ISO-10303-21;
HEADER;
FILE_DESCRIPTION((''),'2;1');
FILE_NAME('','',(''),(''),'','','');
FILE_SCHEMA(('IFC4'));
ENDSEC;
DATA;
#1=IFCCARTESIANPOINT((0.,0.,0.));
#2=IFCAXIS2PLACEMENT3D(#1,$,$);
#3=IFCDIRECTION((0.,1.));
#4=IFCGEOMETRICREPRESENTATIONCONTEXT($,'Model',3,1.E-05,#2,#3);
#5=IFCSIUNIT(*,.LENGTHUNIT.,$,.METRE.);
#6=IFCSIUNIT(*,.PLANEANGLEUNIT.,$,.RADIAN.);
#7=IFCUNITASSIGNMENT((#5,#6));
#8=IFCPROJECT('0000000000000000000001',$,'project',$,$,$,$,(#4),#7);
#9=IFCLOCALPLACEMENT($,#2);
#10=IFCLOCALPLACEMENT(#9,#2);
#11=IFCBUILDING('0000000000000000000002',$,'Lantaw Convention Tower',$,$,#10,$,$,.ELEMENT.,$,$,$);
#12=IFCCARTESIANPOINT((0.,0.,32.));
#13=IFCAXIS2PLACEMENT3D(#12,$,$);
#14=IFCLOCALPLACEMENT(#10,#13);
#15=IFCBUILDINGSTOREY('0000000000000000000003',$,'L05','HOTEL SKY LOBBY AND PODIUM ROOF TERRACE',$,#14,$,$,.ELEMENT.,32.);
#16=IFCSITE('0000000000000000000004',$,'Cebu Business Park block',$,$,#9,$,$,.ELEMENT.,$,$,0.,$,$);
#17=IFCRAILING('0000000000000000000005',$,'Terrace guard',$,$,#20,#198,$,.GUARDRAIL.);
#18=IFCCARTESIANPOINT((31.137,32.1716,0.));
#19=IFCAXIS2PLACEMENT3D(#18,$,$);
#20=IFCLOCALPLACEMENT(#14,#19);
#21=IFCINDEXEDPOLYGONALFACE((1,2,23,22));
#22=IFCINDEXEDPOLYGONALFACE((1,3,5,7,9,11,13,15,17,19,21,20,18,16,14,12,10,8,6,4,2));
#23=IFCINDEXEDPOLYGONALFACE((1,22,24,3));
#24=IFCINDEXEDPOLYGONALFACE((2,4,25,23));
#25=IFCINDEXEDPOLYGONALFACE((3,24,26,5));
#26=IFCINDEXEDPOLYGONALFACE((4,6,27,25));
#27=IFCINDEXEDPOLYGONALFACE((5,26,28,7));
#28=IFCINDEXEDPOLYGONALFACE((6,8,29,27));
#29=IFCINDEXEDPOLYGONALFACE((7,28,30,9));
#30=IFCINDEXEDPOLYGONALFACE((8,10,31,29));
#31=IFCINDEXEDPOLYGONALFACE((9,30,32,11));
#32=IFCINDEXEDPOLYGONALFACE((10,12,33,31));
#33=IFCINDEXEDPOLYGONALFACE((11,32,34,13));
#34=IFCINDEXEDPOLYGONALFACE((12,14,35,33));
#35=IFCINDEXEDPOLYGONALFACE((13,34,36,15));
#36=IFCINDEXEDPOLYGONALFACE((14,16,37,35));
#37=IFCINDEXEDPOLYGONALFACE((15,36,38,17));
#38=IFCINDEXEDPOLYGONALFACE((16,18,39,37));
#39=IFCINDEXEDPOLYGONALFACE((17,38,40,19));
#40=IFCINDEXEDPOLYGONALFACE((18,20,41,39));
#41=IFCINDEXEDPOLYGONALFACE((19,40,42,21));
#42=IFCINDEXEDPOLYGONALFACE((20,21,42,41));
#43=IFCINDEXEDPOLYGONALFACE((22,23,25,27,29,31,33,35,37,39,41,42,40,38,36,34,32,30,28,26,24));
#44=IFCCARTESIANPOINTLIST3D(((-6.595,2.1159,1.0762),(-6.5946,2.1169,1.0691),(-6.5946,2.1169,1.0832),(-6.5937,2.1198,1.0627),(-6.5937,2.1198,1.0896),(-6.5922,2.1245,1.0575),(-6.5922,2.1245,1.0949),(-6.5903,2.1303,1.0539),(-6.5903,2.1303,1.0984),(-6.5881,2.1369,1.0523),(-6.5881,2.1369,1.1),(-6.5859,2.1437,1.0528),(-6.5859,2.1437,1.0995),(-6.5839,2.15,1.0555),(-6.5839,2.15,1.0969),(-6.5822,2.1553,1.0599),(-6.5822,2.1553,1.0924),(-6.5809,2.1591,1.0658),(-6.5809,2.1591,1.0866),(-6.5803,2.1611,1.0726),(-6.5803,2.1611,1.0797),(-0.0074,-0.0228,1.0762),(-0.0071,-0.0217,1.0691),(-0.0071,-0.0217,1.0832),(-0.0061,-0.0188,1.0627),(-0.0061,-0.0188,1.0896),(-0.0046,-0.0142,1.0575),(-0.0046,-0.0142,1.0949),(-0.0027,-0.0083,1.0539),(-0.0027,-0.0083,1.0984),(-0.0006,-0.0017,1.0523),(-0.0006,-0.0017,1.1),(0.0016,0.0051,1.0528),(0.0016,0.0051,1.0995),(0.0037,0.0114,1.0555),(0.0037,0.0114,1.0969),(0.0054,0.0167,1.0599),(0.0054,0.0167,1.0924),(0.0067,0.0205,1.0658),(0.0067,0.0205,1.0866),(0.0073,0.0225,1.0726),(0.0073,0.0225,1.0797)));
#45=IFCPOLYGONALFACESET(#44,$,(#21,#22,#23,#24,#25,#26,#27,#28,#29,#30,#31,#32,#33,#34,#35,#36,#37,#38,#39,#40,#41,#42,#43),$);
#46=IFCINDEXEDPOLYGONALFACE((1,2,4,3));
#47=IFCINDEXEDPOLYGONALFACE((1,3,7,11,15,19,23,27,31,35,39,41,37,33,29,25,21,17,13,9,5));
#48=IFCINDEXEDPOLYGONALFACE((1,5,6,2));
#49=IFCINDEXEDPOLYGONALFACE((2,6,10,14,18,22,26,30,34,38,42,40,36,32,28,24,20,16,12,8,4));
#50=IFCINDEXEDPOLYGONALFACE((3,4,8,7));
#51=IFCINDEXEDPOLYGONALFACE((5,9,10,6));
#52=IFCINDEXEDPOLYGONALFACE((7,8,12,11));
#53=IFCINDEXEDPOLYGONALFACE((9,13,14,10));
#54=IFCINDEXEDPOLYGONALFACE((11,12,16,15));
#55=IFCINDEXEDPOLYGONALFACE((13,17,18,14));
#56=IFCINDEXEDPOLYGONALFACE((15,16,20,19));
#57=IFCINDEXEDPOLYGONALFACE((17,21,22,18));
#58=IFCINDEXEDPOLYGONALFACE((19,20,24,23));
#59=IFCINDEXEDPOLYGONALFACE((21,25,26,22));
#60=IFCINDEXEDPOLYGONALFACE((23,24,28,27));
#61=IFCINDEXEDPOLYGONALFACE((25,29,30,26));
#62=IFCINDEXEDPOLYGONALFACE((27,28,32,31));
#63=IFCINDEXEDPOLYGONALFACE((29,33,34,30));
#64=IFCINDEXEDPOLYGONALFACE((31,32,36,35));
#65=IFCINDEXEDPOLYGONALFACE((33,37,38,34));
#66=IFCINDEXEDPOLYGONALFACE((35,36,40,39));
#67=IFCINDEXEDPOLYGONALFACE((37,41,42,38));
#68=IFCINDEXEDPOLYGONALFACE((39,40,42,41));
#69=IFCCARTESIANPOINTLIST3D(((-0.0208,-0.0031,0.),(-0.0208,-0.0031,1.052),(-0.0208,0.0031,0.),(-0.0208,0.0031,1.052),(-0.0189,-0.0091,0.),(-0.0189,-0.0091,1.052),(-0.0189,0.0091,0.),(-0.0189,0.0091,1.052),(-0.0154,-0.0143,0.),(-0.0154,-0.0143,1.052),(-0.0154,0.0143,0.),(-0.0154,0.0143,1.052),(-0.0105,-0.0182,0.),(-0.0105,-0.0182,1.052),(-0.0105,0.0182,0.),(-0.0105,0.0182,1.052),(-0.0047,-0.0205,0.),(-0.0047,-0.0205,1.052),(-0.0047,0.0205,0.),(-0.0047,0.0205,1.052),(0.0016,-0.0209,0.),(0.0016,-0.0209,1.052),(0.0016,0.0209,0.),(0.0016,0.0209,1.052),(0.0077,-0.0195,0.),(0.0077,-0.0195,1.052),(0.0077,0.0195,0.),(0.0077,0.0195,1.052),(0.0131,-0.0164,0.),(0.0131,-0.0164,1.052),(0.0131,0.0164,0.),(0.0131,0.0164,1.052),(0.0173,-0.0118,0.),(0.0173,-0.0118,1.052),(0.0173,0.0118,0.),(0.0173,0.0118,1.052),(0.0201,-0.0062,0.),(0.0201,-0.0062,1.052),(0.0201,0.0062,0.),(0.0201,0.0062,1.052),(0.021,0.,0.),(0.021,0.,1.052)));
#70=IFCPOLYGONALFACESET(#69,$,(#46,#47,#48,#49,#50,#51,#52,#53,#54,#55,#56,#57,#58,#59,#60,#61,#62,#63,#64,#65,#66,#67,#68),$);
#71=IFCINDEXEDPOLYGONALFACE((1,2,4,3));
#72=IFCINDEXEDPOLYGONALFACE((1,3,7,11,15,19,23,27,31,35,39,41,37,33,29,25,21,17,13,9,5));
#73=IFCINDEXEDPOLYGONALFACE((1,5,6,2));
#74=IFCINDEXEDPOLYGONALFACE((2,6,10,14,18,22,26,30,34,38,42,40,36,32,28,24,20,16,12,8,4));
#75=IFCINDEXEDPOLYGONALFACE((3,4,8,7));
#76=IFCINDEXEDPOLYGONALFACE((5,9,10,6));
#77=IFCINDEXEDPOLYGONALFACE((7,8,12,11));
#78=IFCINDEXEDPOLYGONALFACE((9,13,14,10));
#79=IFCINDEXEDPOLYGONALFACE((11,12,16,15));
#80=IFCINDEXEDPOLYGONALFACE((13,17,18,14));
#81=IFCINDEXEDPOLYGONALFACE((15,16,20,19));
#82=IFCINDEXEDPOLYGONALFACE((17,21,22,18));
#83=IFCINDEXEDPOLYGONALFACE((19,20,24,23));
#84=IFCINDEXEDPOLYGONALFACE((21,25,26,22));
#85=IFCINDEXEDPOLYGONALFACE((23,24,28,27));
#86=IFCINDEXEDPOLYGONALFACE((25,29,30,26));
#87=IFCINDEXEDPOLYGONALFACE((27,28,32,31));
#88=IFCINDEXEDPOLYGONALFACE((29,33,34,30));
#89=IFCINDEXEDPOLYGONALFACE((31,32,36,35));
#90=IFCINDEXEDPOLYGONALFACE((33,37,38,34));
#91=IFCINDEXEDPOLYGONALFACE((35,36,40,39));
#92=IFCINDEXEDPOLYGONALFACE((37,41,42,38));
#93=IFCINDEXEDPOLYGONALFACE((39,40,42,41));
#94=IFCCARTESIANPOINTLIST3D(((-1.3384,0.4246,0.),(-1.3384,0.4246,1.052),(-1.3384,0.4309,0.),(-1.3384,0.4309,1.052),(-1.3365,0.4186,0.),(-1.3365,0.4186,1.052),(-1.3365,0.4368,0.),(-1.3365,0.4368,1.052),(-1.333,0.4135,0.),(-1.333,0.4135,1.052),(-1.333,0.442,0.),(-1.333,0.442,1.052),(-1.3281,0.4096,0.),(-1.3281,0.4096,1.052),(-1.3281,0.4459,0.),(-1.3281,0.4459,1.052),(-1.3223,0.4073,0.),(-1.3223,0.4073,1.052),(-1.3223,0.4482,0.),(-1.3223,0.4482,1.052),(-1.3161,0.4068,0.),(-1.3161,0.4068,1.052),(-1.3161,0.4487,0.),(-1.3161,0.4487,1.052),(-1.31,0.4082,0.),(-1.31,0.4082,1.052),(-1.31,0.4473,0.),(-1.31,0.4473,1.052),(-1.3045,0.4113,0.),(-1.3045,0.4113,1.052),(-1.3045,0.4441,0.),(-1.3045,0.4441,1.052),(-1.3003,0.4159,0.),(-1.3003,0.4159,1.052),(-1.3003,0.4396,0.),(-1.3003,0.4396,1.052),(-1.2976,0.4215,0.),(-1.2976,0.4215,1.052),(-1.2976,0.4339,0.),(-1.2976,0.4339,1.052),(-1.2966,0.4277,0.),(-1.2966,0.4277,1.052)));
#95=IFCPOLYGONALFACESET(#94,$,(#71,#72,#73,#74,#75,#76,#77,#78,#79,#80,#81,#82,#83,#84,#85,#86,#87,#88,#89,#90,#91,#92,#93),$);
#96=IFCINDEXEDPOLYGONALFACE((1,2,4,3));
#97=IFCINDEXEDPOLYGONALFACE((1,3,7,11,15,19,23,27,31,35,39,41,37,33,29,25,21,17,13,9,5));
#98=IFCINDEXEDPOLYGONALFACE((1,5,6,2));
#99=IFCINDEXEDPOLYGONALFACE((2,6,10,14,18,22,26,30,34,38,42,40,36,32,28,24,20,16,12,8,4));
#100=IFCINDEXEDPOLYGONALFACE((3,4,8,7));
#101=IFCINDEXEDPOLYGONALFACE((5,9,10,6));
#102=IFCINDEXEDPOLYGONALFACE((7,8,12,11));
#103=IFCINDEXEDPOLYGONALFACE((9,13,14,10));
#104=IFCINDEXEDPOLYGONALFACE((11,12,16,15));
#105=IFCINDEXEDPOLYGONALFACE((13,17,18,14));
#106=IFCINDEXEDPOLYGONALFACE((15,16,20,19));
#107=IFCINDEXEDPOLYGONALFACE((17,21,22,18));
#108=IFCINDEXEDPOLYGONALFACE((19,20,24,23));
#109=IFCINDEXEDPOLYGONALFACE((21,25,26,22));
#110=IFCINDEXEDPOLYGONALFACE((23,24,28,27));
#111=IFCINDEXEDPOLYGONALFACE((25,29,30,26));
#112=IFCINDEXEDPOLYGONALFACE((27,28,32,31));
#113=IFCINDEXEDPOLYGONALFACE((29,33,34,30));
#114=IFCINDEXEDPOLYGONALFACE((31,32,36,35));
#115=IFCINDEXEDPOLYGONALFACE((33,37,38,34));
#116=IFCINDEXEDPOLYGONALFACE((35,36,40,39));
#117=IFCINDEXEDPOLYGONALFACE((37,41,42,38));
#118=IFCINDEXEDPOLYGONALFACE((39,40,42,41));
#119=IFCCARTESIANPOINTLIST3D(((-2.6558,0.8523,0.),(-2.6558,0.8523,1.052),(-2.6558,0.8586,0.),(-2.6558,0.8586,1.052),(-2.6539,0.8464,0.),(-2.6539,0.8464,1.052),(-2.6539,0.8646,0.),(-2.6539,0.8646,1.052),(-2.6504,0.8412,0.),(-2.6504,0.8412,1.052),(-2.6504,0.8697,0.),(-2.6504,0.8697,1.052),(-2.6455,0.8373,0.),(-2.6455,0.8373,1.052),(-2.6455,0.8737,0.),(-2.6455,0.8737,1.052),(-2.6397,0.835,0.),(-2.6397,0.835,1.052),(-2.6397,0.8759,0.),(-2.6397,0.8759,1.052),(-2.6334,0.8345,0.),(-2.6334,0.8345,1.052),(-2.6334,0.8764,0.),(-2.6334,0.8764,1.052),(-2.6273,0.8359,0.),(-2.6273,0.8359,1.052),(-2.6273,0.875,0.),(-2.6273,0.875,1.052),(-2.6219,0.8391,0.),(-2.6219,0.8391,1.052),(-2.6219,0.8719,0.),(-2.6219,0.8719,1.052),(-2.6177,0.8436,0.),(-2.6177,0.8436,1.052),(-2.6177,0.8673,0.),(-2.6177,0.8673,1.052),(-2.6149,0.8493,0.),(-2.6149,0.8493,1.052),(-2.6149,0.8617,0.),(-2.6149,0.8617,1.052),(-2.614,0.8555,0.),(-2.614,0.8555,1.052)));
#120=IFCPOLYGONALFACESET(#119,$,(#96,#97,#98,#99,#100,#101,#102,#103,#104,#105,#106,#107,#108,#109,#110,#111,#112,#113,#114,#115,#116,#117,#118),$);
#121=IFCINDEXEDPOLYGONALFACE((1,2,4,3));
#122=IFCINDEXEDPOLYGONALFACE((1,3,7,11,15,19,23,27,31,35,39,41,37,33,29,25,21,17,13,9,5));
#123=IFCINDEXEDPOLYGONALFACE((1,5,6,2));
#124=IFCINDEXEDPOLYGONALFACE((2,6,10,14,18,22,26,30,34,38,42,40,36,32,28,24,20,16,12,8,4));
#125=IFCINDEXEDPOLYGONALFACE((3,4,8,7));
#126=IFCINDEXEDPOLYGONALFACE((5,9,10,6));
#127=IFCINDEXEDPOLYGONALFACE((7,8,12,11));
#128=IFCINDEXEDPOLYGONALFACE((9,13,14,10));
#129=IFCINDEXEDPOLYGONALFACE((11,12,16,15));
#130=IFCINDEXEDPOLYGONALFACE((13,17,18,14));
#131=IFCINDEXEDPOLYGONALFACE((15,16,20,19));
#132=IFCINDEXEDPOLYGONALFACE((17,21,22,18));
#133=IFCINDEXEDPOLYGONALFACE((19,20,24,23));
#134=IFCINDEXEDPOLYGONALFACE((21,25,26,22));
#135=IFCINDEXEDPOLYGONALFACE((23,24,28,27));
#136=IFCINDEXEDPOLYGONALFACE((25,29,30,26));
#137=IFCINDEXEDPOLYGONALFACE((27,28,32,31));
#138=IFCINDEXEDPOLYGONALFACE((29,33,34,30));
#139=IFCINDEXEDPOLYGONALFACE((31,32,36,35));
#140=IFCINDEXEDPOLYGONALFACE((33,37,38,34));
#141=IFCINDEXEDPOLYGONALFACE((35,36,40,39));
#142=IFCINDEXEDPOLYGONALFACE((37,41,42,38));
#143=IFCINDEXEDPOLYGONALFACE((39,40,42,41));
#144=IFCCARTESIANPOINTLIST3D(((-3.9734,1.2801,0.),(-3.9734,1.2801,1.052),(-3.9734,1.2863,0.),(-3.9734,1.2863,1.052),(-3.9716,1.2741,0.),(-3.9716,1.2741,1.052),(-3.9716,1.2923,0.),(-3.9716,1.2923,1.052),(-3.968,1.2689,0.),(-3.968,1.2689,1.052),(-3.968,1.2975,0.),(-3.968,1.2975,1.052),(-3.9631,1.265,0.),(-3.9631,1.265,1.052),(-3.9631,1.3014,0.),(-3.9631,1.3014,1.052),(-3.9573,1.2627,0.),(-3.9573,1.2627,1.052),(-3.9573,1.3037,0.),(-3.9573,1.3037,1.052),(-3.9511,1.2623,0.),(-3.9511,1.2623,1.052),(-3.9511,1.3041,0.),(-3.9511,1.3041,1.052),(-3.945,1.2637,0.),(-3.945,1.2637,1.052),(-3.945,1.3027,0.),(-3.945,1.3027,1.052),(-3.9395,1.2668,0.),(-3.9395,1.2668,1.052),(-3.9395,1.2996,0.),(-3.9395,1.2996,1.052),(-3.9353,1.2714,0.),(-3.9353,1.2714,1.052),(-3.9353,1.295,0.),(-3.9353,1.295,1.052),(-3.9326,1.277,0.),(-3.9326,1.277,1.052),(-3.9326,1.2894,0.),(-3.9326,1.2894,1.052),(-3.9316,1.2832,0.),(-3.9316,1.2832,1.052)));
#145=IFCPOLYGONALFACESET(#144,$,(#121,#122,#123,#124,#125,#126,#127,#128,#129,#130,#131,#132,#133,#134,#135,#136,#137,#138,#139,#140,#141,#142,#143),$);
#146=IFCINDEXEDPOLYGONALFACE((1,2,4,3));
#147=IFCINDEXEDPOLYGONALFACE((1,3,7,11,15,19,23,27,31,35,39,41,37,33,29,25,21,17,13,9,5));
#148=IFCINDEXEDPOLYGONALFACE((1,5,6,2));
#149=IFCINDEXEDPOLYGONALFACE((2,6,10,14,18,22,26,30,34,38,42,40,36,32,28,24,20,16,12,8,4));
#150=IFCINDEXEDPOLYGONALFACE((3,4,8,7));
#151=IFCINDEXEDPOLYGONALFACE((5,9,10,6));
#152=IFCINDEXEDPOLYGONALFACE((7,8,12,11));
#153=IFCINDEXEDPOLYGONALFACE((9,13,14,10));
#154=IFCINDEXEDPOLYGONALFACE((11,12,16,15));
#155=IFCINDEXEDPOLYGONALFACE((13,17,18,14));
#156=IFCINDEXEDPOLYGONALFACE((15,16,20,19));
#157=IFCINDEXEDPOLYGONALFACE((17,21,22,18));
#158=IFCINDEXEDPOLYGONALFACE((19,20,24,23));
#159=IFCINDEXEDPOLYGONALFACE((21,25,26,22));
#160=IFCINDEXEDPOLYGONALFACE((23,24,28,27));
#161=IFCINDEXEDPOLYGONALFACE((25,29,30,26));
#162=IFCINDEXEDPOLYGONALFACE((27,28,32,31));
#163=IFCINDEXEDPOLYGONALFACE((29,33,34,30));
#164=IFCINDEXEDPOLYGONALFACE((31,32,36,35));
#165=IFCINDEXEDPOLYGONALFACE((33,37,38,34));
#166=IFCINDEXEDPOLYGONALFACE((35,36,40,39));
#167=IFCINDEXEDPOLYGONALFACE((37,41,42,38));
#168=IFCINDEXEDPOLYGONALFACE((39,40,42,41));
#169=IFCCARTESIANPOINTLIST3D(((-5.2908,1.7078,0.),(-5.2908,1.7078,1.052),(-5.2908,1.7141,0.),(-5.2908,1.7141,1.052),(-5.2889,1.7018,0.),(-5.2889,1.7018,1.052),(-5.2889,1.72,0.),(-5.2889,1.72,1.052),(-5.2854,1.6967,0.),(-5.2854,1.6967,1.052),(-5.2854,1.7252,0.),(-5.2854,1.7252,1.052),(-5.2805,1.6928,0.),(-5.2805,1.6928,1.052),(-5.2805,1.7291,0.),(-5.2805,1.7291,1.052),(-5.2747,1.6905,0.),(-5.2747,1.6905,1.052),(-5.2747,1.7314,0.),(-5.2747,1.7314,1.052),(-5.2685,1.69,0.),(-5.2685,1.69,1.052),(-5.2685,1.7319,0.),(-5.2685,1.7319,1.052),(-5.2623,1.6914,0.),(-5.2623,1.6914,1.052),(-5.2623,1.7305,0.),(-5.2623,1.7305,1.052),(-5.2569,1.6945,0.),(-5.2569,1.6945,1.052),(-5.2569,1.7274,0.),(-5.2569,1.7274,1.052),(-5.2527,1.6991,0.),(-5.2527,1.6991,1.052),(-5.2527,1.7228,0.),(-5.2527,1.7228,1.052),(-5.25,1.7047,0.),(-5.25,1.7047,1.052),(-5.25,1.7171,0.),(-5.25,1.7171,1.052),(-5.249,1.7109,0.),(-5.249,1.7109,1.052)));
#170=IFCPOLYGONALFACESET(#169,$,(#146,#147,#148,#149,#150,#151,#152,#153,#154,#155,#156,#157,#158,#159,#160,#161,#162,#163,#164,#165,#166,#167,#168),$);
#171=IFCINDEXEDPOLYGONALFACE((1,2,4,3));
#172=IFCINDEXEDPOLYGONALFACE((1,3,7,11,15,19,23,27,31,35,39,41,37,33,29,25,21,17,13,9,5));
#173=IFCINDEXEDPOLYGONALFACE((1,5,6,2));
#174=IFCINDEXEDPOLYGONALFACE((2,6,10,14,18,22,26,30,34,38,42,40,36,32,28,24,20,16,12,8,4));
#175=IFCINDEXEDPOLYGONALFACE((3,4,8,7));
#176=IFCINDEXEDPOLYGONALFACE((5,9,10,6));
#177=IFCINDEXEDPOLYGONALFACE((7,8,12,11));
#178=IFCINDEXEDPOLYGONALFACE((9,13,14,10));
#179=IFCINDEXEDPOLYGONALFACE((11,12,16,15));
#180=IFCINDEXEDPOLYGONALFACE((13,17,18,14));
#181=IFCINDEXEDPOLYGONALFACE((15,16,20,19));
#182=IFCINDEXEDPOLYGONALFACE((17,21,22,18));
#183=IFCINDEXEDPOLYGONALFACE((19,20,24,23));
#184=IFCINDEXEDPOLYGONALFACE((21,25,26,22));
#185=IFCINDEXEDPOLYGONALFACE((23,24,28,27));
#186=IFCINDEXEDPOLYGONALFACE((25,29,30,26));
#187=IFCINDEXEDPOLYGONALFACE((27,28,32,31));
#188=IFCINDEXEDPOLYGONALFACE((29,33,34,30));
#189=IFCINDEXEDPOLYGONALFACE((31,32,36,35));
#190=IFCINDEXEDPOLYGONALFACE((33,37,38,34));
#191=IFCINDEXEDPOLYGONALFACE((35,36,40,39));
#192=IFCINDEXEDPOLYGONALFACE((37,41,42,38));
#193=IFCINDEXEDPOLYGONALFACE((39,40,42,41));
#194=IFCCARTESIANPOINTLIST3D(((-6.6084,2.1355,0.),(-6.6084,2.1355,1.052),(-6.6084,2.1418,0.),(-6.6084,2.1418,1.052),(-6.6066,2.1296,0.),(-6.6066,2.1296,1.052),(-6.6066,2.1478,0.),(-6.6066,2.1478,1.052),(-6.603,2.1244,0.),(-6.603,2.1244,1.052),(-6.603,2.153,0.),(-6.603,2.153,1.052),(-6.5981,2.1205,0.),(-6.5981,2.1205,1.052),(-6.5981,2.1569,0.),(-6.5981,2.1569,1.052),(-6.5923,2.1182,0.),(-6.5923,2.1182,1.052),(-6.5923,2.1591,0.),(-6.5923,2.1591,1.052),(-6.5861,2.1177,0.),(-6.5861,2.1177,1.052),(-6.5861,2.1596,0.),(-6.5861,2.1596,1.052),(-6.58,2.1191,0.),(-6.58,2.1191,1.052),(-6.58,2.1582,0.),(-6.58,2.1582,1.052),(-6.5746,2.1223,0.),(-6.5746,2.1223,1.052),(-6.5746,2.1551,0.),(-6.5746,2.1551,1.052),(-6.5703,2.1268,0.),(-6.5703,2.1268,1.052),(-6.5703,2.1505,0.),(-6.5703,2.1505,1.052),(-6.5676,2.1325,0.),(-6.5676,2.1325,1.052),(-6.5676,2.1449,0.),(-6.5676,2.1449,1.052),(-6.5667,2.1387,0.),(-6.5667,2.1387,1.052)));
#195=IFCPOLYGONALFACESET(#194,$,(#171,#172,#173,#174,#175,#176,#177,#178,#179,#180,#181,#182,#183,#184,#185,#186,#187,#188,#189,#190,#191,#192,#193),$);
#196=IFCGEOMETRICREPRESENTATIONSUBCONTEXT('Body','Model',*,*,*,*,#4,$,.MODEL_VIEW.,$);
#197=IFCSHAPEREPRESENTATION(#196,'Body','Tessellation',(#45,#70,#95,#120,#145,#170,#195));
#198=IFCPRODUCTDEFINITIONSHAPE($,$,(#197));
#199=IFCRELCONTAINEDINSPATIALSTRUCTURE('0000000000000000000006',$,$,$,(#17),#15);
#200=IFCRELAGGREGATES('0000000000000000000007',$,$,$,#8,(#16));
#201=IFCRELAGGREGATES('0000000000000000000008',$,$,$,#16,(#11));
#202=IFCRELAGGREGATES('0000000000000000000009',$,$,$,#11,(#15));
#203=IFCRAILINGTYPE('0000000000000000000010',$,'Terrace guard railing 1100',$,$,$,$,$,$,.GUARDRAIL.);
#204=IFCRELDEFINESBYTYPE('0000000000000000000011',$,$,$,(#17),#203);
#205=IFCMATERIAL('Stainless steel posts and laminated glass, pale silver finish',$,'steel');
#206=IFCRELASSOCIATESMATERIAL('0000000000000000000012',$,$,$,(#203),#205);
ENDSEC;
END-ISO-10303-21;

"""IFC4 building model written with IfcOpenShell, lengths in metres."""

from ifc_helpers import new_model, si_unit, direction, frame, origin, origin_2d, place, context, subcontext, project, spatial, circle, extrude, material, type_object, element, save


model = new_model("IFC4")

# Units and contexts
model_context = context("Model", 3, precision=1e-05, world=origin(), true_north=direction((0.0, 1.0)))
body_context = subcontext(model_context, "Body", "Model", "MODEL_VIEW")
ifc_project = project(units=[si_unit("LENGTHUNIT", "METRE"), si_unit("PLANEANGLEUNIT", "RADIAN")], contexts=[model_context])

# Site, building, storey
site_placement = place(None, origin())
site = spatial("IfcSite", under=ifc_project, at=site_placement, Name="Cebu Business Park block", CompositionType="ELEMENT", RefElevation=0.0)
building_placement = place(site_placement, origin())
building = spatial("IfcBuilding", under=site, at=building_placement, Name="Lantaw Convention Tower", CompositionType="ELEMENT")
storey_placement = place(building_placement, frame((0.0, 0.0, 32.0)))
storey = spatial("IfcBuildingStorey", under=building, at=storey_placement, Name="L05", Description="HOTEL SKY LOBBY AND PODIUM ROOF TERRACE", CompositionType="ELEMENT", Elevation=32.0)

# Railing
ifc_material_1 = material(Name="Stainless steel posts and laminated glass, pale silver finish", Category="steel")
railing_type_1 = type_object("IfcRailingType", Name="Terrace guard railing 1100", PredefinedType="GUARDRAIL", material=ifc_material_1)
railing_1_placement = place(storey_placement, frame((31.137, 32.1716, 0.0)))
element("IfcRailing", 1, at=railing_1_placement, inside=storey, type_object=railing_type_1, Name="Terrace guard", PredefinedType="GUARDRAIL", context=body_context, shape_type="SweptSolid", body=[
    extrude(circle(Radius=0.0239, at=origin_2d()), frame((0.0, 0.0, 1.0762), z_axis=(-0.951132, 0.308784, 0.0), x_axis=(-0.308784, -0.951132, 0.0)), (0.0, 0.0, 1.0), 6.926),
    extrude(circle(Radius=0.021, at=origin_2d()), origin(), (0.0, 0.0, 1.0), 1.052),
    extrude(circle(Radius=0.021, at=origin_2d()), frame((-1.3176, 0.4277, 0.0)), (0.0, 0.0, 1.0), 1.052),
    extrude(circle(Radius=0.021, at=origin_2d()), frame((-2.635, 0.8555, 0.0)), (0.0, 0.0, 1.0), 1.052),
    extrude(circle(Radius=0.021, at=origin_2d()), frame((-3.9526, 1.2832, 0.0)), (0.0, 0.0, 1.0), 1.052),
    extrude(circle(Radius=0.021, at=origin_2d()), frame((-5.27, 1.7109, 0.0)), (0.0, 0.0, 1.0), 1.052),
    extrude(circle(Radius=0.021, at=origin_2d()), frame((-6.5876, 2.1387, 0.0)), (0.0, 0.0, 1.0), 1.052),
])

save(model, "model.ifc")
